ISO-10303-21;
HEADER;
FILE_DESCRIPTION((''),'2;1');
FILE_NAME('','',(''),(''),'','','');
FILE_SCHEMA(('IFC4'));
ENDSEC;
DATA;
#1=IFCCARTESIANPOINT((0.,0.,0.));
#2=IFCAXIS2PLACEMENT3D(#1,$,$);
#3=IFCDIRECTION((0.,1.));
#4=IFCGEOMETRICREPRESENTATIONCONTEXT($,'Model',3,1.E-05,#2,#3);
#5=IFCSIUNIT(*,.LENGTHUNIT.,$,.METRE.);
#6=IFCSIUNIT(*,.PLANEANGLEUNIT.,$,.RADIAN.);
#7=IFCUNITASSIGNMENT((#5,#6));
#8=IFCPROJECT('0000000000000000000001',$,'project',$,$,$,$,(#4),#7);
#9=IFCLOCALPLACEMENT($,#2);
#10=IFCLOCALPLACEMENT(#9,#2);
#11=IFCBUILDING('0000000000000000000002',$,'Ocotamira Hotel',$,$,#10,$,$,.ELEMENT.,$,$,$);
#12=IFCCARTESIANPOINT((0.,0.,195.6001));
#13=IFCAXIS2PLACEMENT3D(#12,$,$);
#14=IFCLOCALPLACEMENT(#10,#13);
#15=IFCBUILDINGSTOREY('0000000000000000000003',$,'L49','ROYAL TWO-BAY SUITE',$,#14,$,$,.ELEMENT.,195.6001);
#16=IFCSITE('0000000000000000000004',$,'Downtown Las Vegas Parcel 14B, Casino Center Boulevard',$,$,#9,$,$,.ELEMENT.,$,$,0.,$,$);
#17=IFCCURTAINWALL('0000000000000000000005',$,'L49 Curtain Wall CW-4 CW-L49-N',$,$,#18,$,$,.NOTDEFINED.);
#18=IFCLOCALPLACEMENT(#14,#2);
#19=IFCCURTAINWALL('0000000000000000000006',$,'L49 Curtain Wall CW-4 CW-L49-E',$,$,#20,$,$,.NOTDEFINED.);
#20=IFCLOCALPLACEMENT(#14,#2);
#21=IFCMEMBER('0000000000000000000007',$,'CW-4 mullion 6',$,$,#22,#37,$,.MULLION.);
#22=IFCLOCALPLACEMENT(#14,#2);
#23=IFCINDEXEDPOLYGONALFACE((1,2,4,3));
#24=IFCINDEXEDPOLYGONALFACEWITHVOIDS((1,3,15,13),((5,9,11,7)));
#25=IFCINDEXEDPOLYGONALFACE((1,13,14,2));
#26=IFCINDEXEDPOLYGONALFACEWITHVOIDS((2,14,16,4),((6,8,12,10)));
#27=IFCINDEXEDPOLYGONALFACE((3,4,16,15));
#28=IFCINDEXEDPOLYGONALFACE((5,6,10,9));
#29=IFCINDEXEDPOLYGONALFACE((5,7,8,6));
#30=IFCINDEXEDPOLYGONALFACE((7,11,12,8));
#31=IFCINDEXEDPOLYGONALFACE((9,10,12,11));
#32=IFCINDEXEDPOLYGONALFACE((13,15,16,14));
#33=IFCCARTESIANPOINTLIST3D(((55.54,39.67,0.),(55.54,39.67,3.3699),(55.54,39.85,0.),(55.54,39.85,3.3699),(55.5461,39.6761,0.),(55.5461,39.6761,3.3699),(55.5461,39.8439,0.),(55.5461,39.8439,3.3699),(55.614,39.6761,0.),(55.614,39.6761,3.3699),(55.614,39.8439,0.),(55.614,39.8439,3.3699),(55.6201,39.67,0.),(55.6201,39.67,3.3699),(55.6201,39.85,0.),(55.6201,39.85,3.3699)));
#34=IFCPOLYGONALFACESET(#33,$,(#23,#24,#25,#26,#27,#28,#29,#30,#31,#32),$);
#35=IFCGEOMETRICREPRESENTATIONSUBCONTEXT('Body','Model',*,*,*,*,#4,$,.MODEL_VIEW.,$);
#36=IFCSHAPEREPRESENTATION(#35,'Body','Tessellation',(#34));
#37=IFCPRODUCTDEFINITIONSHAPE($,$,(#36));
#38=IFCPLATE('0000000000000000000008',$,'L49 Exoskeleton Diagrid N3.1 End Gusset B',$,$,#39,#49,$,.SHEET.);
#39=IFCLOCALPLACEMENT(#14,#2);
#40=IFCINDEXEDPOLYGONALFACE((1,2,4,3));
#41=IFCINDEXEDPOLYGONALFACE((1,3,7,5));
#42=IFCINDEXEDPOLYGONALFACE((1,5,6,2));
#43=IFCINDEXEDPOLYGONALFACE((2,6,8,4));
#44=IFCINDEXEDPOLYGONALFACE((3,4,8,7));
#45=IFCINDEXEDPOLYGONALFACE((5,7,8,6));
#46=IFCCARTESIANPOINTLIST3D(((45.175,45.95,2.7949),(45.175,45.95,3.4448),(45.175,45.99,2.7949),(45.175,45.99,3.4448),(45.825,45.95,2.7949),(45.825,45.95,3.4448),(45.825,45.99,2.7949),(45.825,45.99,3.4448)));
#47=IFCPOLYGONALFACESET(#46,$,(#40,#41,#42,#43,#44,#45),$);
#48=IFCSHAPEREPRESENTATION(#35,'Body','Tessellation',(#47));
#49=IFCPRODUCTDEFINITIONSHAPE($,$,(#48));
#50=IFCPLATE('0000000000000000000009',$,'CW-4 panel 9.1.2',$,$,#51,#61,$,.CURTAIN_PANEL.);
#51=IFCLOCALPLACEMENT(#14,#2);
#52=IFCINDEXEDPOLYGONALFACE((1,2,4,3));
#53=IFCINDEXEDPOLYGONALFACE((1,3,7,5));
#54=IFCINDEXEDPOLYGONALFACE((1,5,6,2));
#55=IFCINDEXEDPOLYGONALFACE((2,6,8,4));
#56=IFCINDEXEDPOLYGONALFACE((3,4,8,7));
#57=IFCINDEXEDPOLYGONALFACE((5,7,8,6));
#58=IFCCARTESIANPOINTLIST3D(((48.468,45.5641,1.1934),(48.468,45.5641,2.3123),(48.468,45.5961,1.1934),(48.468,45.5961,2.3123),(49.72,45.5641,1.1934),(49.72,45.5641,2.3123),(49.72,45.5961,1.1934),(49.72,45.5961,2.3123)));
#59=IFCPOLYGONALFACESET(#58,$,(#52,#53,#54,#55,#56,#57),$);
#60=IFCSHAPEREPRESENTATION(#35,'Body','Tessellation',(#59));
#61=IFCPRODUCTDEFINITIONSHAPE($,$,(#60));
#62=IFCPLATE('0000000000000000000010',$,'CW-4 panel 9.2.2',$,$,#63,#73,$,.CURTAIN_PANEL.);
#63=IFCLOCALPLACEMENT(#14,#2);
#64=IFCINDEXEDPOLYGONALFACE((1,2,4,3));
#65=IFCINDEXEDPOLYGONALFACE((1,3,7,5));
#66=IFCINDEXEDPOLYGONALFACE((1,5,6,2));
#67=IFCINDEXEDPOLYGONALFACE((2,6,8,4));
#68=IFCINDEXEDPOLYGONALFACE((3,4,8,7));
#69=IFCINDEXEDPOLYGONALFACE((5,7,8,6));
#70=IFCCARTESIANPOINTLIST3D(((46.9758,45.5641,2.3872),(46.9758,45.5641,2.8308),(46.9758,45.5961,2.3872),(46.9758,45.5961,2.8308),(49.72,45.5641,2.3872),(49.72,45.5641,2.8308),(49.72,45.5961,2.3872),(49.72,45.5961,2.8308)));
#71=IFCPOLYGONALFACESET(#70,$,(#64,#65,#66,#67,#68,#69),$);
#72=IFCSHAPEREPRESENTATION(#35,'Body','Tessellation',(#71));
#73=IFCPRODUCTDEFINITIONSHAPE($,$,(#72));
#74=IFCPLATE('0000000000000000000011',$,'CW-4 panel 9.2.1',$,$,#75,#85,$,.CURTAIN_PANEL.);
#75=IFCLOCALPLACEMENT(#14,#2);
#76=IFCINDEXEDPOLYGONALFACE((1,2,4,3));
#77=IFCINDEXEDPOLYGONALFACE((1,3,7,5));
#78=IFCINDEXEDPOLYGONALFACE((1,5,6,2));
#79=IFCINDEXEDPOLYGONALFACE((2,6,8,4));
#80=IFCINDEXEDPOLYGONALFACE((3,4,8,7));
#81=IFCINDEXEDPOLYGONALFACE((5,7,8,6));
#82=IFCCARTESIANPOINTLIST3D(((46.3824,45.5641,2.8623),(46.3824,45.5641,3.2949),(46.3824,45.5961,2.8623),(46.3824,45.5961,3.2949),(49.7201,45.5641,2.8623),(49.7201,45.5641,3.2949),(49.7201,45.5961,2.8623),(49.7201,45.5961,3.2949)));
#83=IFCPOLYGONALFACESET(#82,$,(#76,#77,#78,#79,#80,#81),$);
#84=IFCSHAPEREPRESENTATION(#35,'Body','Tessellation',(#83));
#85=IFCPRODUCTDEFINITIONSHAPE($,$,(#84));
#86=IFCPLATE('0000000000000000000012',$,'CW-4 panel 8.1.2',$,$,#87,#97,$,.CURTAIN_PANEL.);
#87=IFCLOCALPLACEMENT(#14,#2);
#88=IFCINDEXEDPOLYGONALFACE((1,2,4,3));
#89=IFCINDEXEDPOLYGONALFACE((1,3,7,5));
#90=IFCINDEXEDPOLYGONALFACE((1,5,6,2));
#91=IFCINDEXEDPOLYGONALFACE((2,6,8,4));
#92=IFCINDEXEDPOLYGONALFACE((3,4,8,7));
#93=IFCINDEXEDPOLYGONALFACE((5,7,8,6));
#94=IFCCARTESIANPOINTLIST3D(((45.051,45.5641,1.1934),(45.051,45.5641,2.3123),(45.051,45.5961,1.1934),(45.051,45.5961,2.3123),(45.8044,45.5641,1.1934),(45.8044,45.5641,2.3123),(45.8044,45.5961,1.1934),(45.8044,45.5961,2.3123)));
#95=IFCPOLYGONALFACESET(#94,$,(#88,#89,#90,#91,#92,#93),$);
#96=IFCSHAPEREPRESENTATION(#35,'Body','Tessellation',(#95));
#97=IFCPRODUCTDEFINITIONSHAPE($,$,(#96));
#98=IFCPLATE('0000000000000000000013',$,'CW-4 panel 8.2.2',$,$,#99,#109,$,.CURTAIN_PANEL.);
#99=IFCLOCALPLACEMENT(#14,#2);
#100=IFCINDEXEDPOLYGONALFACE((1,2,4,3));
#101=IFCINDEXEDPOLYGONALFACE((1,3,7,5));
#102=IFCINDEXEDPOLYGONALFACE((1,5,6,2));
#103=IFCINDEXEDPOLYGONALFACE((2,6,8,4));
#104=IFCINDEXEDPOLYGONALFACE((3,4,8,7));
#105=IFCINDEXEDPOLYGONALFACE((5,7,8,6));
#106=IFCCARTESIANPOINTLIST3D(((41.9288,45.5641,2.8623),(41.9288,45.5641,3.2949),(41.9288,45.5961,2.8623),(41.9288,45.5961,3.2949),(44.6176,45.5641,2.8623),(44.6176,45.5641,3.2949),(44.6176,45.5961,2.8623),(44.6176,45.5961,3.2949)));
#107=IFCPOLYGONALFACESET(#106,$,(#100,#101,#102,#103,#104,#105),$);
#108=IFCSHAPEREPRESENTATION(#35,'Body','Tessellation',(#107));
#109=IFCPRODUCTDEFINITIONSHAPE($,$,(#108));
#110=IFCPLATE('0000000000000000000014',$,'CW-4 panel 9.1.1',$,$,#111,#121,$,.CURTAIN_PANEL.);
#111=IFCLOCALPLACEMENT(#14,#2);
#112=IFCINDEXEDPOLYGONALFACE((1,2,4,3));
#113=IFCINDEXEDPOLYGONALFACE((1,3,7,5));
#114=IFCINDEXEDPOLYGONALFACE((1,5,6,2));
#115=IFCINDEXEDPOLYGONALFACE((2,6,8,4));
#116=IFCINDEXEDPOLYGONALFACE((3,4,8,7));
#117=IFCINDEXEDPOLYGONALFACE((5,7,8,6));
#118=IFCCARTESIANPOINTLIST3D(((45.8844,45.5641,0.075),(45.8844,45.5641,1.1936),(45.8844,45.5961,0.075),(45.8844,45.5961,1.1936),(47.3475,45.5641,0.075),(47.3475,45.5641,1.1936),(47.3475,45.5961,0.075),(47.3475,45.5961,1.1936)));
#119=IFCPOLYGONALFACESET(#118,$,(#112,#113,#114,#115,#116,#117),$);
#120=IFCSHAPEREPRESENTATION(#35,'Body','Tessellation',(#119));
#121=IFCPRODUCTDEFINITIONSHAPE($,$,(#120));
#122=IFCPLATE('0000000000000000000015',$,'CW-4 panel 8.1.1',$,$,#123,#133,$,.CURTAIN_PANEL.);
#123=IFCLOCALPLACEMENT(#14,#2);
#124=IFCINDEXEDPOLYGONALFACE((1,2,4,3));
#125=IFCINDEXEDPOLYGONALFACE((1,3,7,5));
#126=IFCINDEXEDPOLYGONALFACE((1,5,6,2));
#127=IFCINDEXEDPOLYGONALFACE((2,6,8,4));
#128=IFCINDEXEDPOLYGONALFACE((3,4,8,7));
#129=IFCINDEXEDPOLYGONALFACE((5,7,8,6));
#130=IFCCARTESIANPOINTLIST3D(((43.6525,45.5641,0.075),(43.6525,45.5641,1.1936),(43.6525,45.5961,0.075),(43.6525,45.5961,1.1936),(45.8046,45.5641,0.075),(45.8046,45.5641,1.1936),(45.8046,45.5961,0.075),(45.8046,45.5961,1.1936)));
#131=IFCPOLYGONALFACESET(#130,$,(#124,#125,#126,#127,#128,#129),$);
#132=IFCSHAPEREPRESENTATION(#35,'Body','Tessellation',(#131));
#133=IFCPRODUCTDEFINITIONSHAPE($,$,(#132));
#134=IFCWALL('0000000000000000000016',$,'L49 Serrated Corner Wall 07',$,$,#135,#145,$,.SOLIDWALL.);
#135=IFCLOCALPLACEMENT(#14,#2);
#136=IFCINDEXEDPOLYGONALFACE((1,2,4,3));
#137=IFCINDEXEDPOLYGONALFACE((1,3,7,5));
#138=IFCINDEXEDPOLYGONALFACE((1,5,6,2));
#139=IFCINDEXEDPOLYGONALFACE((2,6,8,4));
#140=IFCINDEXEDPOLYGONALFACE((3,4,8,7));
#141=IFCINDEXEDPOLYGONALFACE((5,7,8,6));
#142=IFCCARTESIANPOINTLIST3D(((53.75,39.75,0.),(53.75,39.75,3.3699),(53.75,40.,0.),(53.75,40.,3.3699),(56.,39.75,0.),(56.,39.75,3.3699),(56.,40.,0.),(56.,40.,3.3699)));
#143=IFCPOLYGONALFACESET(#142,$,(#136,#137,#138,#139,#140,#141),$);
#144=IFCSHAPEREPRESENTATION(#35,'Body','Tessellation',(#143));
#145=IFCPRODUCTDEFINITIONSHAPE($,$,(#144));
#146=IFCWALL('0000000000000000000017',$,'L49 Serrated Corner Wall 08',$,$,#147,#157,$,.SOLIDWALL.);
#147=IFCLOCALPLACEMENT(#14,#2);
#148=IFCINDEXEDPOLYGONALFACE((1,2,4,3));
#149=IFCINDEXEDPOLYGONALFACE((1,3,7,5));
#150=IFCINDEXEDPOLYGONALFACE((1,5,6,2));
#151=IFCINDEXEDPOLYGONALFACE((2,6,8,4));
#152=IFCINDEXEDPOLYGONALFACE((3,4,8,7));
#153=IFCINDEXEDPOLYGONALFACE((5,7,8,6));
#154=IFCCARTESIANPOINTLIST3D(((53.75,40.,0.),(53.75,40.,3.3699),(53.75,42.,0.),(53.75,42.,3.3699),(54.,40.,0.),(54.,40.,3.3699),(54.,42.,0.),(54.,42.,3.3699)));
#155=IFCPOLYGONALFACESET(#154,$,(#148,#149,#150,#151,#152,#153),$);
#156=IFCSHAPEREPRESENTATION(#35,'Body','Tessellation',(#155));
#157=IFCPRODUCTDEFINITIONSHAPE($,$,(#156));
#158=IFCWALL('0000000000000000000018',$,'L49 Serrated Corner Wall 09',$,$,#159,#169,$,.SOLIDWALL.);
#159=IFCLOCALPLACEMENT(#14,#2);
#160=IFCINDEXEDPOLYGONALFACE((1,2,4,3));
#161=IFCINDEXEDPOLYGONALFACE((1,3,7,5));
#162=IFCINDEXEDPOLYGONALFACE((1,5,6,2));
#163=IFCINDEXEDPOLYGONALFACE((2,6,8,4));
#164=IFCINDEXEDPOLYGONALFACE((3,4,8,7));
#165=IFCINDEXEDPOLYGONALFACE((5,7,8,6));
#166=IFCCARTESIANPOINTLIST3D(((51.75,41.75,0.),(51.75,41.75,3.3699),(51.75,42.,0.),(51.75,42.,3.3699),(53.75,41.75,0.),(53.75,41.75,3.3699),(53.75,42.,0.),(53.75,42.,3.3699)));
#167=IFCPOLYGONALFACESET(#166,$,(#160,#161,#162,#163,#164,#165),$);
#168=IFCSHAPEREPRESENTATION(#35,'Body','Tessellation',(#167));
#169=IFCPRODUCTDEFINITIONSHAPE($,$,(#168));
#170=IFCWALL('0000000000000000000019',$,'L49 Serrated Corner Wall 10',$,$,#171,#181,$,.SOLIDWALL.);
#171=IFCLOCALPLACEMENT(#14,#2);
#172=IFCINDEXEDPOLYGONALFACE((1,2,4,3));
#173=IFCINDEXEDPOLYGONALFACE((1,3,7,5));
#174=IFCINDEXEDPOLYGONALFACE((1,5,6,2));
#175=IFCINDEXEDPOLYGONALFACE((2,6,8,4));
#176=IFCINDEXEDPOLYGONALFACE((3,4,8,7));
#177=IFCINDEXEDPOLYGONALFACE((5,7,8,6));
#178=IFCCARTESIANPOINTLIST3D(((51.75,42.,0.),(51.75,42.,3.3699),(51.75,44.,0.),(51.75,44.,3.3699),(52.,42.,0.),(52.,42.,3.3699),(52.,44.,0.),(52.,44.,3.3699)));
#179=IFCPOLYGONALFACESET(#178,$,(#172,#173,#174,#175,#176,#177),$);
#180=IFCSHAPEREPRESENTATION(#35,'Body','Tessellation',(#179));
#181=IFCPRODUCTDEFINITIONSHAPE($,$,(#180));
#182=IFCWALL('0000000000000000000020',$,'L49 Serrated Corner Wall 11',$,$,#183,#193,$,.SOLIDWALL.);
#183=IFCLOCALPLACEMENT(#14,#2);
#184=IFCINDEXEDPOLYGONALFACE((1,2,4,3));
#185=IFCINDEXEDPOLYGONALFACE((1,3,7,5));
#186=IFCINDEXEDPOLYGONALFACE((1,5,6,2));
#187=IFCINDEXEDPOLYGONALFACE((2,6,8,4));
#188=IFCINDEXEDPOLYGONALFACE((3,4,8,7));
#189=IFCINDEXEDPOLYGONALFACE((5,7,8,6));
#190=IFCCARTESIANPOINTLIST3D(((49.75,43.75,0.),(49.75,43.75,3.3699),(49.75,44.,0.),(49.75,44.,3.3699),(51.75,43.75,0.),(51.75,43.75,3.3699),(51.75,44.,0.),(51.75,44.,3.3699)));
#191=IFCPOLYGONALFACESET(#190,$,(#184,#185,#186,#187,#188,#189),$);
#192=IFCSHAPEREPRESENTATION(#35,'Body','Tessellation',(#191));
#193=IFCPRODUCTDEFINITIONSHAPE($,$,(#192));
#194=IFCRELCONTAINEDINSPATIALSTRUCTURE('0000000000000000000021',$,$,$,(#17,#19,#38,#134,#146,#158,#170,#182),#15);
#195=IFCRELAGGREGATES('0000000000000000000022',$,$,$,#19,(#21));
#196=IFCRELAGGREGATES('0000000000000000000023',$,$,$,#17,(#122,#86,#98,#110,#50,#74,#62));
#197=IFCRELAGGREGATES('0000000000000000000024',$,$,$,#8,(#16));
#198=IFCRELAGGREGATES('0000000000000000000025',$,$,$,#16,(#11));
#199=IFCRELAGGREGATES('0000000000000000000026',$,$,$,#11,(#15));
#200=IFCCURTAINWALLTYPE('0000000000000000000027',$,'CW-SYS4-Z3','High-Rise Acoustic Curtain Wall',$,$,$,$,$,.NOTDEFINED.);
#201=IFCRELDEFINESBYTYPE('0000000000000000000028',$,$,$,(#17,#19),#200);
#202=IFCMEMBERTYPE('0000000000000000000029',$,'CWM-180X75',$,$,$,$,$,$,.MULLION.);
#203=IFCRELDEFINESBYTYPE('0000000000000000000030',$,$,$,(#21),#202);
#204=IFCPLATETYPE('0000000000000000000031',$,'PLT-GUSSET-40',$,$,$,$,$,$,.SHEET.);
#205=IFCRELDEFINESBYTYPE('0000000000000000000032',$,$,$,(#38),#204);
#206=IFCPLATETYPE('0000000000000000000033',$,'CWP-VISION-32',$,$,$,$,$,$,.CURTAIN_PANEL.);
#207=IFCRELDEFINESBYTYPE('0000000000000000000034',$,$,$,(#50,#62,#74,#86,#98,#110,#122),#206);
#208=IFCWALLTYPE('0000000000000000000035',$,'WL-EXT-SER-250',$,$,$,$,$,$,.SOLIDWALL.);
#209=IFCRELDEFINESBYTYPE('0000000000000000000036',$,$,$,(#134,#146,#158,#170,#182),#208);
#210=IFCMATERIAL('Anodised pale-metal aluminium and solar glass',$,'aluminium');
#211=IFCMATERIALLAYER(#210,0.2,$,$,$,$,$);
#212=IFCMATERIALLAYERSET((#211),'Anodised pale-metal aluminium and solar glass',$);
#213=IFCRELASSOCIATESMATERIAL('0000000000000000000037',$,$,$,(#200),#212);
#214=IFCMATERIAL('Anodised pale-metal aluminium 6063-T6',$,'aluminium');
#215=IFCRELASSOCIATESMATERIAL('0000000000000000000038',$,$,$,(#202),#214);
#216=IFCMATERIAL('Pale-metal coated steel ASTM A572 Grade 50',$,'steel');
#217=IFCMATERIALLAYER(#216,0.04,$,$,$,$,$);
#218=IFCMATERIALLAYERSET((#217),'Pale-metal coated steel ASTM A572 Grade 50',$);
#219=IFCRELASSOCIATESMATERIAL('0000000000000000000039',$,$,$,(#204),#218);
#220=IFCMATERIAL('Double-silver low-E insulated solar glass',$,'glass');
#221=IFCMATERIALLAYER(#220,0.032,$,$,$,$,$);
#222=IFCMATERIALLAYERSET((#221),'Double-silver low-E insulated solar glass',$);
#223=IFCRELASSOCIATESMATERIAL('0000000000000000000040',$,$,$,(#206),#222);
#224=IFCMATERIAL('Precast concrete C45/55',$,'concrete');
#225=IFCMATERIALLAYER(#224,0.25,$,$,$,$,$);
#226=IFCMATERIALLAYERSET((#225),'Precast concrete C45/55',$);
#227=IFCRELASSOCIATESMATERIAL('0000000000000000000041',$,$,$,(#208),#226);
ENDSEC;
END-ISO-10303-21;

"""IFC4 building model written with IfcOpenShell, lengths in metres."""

from ifc_helpers import new_model, si_unit, direction, frame, frame_2d, origin, origin_2d, place, context, subcontext, project, spatial, rectangle, hollow_rectangle, extrude, source, transform, mapped, material, layer, layer_set, material_profile, profile_set, type_object, element, aggregate, save


model = new_model("IFC4")

# Units and contexts
model_context = context("Model", 3, precision=1e-05, world=origin(), true_north=direction((0.0, 1.0)))
body_context = subcontext(model_context, "Body", "Model", "MODEL_VIEW")
ifc_project = project(units=[si_unit("LENGTHUNIT", "METRE"), si_unit("PLANEANGLEUNIT", "RADIAN")], contexts=[model_context])

# Site, building, storey
site_placement = place(None, origin())
site = spatial("IfcSite", under=ifc_project, at=site_placement, Name="Downtown Las Vegas Parcel 14B, Casino Center Boulevard", CompositionType="ELEMENT", RefElevation=0.0)
building_placement = place(site_placement, origin())
building = spatial("IfcBuilding", under=site, at=building_placement, Name="Ocotamira Hotel", CompositionType="ELEMENT")
storey_placement = place(building_placement, frame((0.0, 0.0, 195.6001)))
storey = spatial("IfcBuildingStorey", under=building, at=storey_placement, Name="L49", Description="ROYAL TWO-BAY SUITE", CompositionType="ELEMENT", Elevation=195.6001)

# Curtain wall
ifc_material_1 = material(Name="Anodised pale-metal aluminium and solar glass", Category="aluminium")
ifc_layer_1 = layer(ifc_material_1, 0.2)
ifc_layer_set_1 = layer_set([ifc_layer_1], Name="Anodised pale-metal aluminium and solar glass")
curtain_wall_type = type_object("IfcCurtainWallType", Name="CW-SYS4-Z3", Description="High-Rise Acoustic Curtain Wall", PredefinedType="NOTDEFINED", material=ifc_layer_set_1)
curtain_wall_1_placement = place(storey_placement, origin())
curtain_wall_1 = element("IfcCurtainWall", 1, at=curtain_wall_1_placement, inside=storey, type_object=curtain_wall_type, Name="L49 Curtain Wall CW-4 CW-L49-N", PredefinedType="NOTDEFINED")
ifc_material_2 = material(Name="Anodised pale-metal aluminium 6063-T6", Category="aluminium")
ifc_material_profile_1 = material_profile(ifc_material_2, hollow_rectangle(XDim=0.0801, YDim=0.1799, WallThickness=0.0061, at=origin_2d()), Name="HSS180X80X6")
ifc_profile_set_1 = profile_set([ifc_material_profile_1], Name="Anodised pale-metal aluminium 6063-T6")
member_type_1 = type_object("IfcMemberType", Name="CWM-180X75", PredefinedType="MULLION", material=ifc_profile_set_1)
shared_shape_1 = source(origin(), body_context, "Body", "SweptSolid", [
    extrude(hollow_rectangle(XDim=0.0801, YDim=0.1799, WallThickness=0.0061, at=origin_2d()), origin(), (0.0, 0.0, 1.0), 3.3699),
])

# Curtain wall, member
curtain_wall_2_placement = place(storey_placement, origin())
curtain_wall_2 = element("IfcCurtainWall", 2, at=curtain_wall_2_placement, inside=storey, type_object=curtain_wall_type, Name="L49 Curtain Wall CW-4 CW-L49-E", PredefinedType="NOTDEFINED")
member_1_placement = place(storey_placement, frame((55.5801, 39.76, 0.0), z_axis=(0.0, 0.0, 1.0), x_axis=(-1.0, 0.0, 0.0)))
member_1 = element("IfcMember", 3, at=member_1_placement, type_object=member_type_1, Name="CW-4 mullion 6", PredefinedType="MULLION", context=body_context, shape_type="MappedRepresentation", body=[
    mapped(shared_shape_1, transform((0.0, 0.0, 0.0), scale=1.0)),
])
aggregate(curtain_wall_2, [member_1])

# Plates
ifc_material_3 = material(Name="Pale-metal coated steel ASTM A572 Grade 50", Category="steel")
ifc_layer_2 = layer(ifc_material_3, 0.04)
ifc_layer_set_2 = layer_set([ifc_layer_2], Name="Pale-metal coated steel ASTM A572 Grade 50")
plate_type_1 = type_object("IfcPlateType", Name="PLT-GUSSET-40", PredefinedType="SHEET", material=ifc_layer_set_2)
shared_shape_2 = source(origin(), body_context, "Body", "SweptSolid", [
    extrude(rectangle(XDim=0.6499, YDim=0.04, at=origin_2d()), origin(), (0.0, 0.0, 1.0), 0.6499),
])
plate_1_placement = place(storey_placement, frame((45.5, 45.97, 2.7949), z_axis=(0.0, 0.0, 1.0), x_axis=(1.0, 0.0, 0.0)))
element("IfcPlate", 4, at=plate_1_placement, inside=storey, type_object=plate_type_1, Name="L49 Exoskeleton Diagrid N3.1 End Gusset B", PredefinedType="SHEET", context=body_context, shape_type="MappedRepresentation", body=[
    mapped(shared_shape_2, transform((0.0, 0.0, 0.0), scale=1.0)),
])
ifc_material_4 = material(Name="Double-silver low-E insulated solar glass", Category="glass")
ifc_layer_3 = layer(ifc_material_4, 0.032)
ifc_layer_set_3 = layer_set([ifc_layer_3], Name="Double-silver low-E insulated solar glass")
plate_type_2 = type_object("IfcPlateType", Name="CWP-VISION-32", PredefinedType="CURTAIN_PANEL", material=ifc_layer_set_3)
shared_shape_3 = source(origin(), body_context, "Body", "SweptSolid", [
    extrude(rectangle(XDim=1.252, YDim=0.032, at=origin_2d()), origin(), (0.0, 0.0, 1.0), 1.1189),
])
plate_2_placement = place(storey_placement, frame((49.094, 45.5801, 1.1934), z_axis=(0.0, 0.0, 1.0), x_axis=(1.0, 0.0, 0.0)))
plate_2 = element("IfcPlate", 5, at=plate_2_placement, type_object=plate_type_2, Name="CW-4 panel 9.1.2", PredefinedType="CURTAIN_PANEL", context=body_context, shape_type="MappedRepresentation", body=[
    mapped(shared_shape_3, transform((0.0, 0.0, 0.0), scale=1.0)),
])
shared_shape_4 = source(origin(), body_context, "Body", "SweptSolid", [
    extrude(rectangle(XDim=2.7441, YDim=0.032, at=origin_2d()), origin(), (0.0, 0.0, 1.0), 0.4436),
])
plate_3_placement = place(storey_placement, frame((48.3479, 45.5801, 2.3872), z_axis=(0.0, 0.0, 1.0), x_axis=(1.0, 0.0, 0.0)))
plate_3 = element("IfcPlate", 6, at=plate_3_placement, type_object=plate_type_2, Name="CW-4 panel 9.2.2", PredefinedType="CURTAIN_PANEL", context=body_context, shape_type="MappedRepresentation", body=[
    mapped(shared_shape_4, transform((0.0, 0.0, 0.0), scale=1.0)),
])
shared_shape_5 = source(origin(), body_context, "Body", "SweptSolid", [
    extrude(rectangle(XDim=3.3376, YDim=0.032, at=origin_2d()), origin(), (0.0, 0.0, 1.0), 0.4326),
])
plate_4_placement = place(storey_placement, frame((48.0513, 45.5801, 2.8623), z_axis=(0.0, 0.0, 1.0), x_axis=(1.0, 0.0, 0.0)))
plate_4 = element("IfcPlate", 7, at=plate_4_placement, type_object=plate_type_2, Name="CW-4 panel 9.2.1", PredefinedType="CURTAIN_PANEL", context=body_context, shape_type="MappedRepresentation", body=[
    mapped(shared_shape_5, transform((0.0, 0.0, 0.0), scale=1.0)),
])
shared_shape_6 = source(origin(), body_context, "Body", "SweptSolid", [
    extrude(rectangle(XDim=0.7534, YDim=0.032, at=origin_2d()), origin(), (0.0, 0.0, 1.0), 1.1189),
])
plate_5_placement = place(storey_placement, frame((45.4277, 45.5801, 1.1934), z_axis=(0.0, 0.0, 1.0), x_axis=(1.0, 0.0, 0.0)))
plate_5 = element("IfcPlate", 8, at=plate_5_placement, type_object=plate_type_2, Name="CW-4 panel 8.1.2", PredefinedType="CURTAIN_PANEL", context=body_context, shape_type="MappedRepresentation", body=[
    mapped(shared_shape_6, transform((0.0, 0.0, 0.0), scale=1.0)),
])
shared_shape_7 = source(origin(), body_context, "Body", "SweptSolid", [
    extrude(rectangle(XDim=2.6887, YDim=0.032, at=origin_2d()), origin(), (0.0, 0.0, 1.0), 0.4326),
])
plate_6_placement = place(storey_placement, frame((43.2732, 45.5801, 2.8623), z_axis=(0.0, 0.0, 1.0), x_axis=(1.0, 0.0, 0.0)))
plate_6 = element("IfcPlate", 9, at=plate_6_placement, type_object=plate_type_2, Name="CW-4 panel 8.2.2", PredefinedType="CURTAIN_PANEL", context=body_context, shape_type="MappedRepresentation", body=[
    mapped(shared_shape_7, transform((0.0, 0.0, 0.0), scale=1.0)),
])
shared_shape_8 = source(origin(), body_context, "Body", "SweptSolid", [
    extrude(rectangle(XDim=1.4631, YDim=0.032, at=origin_2d()), origin(), (0.0, 0.0, 1.0), 1.1187),
])
plate_7_placement = place(storey_placement, frame((46.616, 45.5801, 0.075), z_axis=(0.0, 0.0, 1.0), x_axis=(1.0, 0.0, 0.0)))
plate_7 = element("IfcPlate", 10, at=plate_7_placement, type_object=plate_type_2, Name="CW-4 panel 9.1.1", PredefinedType="CURTAIN_PANEL", context=body_context, shape_type="MappedRepresentation", body=[
    mapped(shared_shape_8, transform((0.0, 0.0, 0.0), scale=1.0)),
])
shared_shape_9 = source(origin(), body_context, "Body", "SweptSolid", [
    extrude(rectangle(XDim=2.1521, YDim=0.032, at=origin_2d()), origin(), (0.0, 0.0, 1.0), 1.1187),
])
plate_8_placement = place(storey_placement, frame((44.7285, 45.5801, 0.075), z_axis=(0.0, 0.0, 1.0), x_axis=(1.0, 0.0, 0.0)))
plate_8 = element("IfcPlate", 11, at=plate_8_placement, type_object=plate_type_2, Name="CW-4 panel 8.1.1", PredefinedType="CURTAIN_PANEL", context=body_context, shape_type="MappedRepresentation", body=[
    mapped(shared_shape_9, transform((0.0, 0.0, 0.0), scale=1.0)),
])
aggregate(curtain_wall_1, [plate_8, plate_5, plate_6, plate_7, plate_2, plate_4, plate_3])

# Walls
ifc_material_5 = material(Name="Precast concrete C45/55", Category="concrete")
ifc_layer_4 = layer(ifc_material_5, 0.25)
ifc_layer_set_4 = layer_set([ifc_layer_4], Name="Precast concrete C45/55")
wall_type_1 = type_object("IfcWallType", Name="WL-EXT-SER-250", PredefinedType="SOLIDWALL", material=ifc_layer_set_4)
wall_1_placement = place(storey_placement, frame((56.0, 39.875, 0.0), z_axis=(0.0, 0.0, 1.0), x_axis=(-1.0, 0.0, 0.0)))
element("IfcWall", 12, at=wall_1_placement, inside=storey, type_object=wall_type_1, Name="L49 Serrated Corner Wall 07", PredefinedType="SOLIDWALL", context=body_context, shape_type="SweptSolid", body=[
    extrude(rectangle(XDim=2.25, YDim=0.25, at=frame_2d((1.125, 0.0))), origin(), (0.0, 0.0, 1.0), 3.3699),
])
for number, where, z_axis, x_axis, name in (
    (13, (53.875, 40.0, 0.0), (0.0, 0.0, 1.0), (0.0, 1.0, 0.0), "L49 Serrated Corner Wall 08"),
    (14, (53.75, 41.875, 0.0), (0.0, 0.0, 1.0), (-1.0, 0.0, 0.0), "L49 Serrated Corner Wall 09"),
    (15, (51.875, 42.0, 0.0), (0.0, 0.0, 1.0), (0.0, 1.0, 0.0), "L49 Serrated Corner Wall 10"),
    (16, (51.75, 43.875, 0.0), (0.0, 0.0, 1.0), (-1.0, 0.0, 0.0), "L49 Serrated Corner Wall 11"),
):
    element("IfcWall", number, at=place(storey_placement, frame(where, z_axis=z_axis, x_axis=x_axis)), inside=storey, type_object=wall_type_1, Name=name, PredefinedType="SOLIDWALL", context=body_context, shape_type="SweptSolid", body=[
        extrude(rectangle(XDim=2.0, YDim=0.25, at=frame_2d((1.0, 0.0))), origin(), (0.0, 0.0, 1.0), 3.3699),
    ])

save(model, "model.ifc")
